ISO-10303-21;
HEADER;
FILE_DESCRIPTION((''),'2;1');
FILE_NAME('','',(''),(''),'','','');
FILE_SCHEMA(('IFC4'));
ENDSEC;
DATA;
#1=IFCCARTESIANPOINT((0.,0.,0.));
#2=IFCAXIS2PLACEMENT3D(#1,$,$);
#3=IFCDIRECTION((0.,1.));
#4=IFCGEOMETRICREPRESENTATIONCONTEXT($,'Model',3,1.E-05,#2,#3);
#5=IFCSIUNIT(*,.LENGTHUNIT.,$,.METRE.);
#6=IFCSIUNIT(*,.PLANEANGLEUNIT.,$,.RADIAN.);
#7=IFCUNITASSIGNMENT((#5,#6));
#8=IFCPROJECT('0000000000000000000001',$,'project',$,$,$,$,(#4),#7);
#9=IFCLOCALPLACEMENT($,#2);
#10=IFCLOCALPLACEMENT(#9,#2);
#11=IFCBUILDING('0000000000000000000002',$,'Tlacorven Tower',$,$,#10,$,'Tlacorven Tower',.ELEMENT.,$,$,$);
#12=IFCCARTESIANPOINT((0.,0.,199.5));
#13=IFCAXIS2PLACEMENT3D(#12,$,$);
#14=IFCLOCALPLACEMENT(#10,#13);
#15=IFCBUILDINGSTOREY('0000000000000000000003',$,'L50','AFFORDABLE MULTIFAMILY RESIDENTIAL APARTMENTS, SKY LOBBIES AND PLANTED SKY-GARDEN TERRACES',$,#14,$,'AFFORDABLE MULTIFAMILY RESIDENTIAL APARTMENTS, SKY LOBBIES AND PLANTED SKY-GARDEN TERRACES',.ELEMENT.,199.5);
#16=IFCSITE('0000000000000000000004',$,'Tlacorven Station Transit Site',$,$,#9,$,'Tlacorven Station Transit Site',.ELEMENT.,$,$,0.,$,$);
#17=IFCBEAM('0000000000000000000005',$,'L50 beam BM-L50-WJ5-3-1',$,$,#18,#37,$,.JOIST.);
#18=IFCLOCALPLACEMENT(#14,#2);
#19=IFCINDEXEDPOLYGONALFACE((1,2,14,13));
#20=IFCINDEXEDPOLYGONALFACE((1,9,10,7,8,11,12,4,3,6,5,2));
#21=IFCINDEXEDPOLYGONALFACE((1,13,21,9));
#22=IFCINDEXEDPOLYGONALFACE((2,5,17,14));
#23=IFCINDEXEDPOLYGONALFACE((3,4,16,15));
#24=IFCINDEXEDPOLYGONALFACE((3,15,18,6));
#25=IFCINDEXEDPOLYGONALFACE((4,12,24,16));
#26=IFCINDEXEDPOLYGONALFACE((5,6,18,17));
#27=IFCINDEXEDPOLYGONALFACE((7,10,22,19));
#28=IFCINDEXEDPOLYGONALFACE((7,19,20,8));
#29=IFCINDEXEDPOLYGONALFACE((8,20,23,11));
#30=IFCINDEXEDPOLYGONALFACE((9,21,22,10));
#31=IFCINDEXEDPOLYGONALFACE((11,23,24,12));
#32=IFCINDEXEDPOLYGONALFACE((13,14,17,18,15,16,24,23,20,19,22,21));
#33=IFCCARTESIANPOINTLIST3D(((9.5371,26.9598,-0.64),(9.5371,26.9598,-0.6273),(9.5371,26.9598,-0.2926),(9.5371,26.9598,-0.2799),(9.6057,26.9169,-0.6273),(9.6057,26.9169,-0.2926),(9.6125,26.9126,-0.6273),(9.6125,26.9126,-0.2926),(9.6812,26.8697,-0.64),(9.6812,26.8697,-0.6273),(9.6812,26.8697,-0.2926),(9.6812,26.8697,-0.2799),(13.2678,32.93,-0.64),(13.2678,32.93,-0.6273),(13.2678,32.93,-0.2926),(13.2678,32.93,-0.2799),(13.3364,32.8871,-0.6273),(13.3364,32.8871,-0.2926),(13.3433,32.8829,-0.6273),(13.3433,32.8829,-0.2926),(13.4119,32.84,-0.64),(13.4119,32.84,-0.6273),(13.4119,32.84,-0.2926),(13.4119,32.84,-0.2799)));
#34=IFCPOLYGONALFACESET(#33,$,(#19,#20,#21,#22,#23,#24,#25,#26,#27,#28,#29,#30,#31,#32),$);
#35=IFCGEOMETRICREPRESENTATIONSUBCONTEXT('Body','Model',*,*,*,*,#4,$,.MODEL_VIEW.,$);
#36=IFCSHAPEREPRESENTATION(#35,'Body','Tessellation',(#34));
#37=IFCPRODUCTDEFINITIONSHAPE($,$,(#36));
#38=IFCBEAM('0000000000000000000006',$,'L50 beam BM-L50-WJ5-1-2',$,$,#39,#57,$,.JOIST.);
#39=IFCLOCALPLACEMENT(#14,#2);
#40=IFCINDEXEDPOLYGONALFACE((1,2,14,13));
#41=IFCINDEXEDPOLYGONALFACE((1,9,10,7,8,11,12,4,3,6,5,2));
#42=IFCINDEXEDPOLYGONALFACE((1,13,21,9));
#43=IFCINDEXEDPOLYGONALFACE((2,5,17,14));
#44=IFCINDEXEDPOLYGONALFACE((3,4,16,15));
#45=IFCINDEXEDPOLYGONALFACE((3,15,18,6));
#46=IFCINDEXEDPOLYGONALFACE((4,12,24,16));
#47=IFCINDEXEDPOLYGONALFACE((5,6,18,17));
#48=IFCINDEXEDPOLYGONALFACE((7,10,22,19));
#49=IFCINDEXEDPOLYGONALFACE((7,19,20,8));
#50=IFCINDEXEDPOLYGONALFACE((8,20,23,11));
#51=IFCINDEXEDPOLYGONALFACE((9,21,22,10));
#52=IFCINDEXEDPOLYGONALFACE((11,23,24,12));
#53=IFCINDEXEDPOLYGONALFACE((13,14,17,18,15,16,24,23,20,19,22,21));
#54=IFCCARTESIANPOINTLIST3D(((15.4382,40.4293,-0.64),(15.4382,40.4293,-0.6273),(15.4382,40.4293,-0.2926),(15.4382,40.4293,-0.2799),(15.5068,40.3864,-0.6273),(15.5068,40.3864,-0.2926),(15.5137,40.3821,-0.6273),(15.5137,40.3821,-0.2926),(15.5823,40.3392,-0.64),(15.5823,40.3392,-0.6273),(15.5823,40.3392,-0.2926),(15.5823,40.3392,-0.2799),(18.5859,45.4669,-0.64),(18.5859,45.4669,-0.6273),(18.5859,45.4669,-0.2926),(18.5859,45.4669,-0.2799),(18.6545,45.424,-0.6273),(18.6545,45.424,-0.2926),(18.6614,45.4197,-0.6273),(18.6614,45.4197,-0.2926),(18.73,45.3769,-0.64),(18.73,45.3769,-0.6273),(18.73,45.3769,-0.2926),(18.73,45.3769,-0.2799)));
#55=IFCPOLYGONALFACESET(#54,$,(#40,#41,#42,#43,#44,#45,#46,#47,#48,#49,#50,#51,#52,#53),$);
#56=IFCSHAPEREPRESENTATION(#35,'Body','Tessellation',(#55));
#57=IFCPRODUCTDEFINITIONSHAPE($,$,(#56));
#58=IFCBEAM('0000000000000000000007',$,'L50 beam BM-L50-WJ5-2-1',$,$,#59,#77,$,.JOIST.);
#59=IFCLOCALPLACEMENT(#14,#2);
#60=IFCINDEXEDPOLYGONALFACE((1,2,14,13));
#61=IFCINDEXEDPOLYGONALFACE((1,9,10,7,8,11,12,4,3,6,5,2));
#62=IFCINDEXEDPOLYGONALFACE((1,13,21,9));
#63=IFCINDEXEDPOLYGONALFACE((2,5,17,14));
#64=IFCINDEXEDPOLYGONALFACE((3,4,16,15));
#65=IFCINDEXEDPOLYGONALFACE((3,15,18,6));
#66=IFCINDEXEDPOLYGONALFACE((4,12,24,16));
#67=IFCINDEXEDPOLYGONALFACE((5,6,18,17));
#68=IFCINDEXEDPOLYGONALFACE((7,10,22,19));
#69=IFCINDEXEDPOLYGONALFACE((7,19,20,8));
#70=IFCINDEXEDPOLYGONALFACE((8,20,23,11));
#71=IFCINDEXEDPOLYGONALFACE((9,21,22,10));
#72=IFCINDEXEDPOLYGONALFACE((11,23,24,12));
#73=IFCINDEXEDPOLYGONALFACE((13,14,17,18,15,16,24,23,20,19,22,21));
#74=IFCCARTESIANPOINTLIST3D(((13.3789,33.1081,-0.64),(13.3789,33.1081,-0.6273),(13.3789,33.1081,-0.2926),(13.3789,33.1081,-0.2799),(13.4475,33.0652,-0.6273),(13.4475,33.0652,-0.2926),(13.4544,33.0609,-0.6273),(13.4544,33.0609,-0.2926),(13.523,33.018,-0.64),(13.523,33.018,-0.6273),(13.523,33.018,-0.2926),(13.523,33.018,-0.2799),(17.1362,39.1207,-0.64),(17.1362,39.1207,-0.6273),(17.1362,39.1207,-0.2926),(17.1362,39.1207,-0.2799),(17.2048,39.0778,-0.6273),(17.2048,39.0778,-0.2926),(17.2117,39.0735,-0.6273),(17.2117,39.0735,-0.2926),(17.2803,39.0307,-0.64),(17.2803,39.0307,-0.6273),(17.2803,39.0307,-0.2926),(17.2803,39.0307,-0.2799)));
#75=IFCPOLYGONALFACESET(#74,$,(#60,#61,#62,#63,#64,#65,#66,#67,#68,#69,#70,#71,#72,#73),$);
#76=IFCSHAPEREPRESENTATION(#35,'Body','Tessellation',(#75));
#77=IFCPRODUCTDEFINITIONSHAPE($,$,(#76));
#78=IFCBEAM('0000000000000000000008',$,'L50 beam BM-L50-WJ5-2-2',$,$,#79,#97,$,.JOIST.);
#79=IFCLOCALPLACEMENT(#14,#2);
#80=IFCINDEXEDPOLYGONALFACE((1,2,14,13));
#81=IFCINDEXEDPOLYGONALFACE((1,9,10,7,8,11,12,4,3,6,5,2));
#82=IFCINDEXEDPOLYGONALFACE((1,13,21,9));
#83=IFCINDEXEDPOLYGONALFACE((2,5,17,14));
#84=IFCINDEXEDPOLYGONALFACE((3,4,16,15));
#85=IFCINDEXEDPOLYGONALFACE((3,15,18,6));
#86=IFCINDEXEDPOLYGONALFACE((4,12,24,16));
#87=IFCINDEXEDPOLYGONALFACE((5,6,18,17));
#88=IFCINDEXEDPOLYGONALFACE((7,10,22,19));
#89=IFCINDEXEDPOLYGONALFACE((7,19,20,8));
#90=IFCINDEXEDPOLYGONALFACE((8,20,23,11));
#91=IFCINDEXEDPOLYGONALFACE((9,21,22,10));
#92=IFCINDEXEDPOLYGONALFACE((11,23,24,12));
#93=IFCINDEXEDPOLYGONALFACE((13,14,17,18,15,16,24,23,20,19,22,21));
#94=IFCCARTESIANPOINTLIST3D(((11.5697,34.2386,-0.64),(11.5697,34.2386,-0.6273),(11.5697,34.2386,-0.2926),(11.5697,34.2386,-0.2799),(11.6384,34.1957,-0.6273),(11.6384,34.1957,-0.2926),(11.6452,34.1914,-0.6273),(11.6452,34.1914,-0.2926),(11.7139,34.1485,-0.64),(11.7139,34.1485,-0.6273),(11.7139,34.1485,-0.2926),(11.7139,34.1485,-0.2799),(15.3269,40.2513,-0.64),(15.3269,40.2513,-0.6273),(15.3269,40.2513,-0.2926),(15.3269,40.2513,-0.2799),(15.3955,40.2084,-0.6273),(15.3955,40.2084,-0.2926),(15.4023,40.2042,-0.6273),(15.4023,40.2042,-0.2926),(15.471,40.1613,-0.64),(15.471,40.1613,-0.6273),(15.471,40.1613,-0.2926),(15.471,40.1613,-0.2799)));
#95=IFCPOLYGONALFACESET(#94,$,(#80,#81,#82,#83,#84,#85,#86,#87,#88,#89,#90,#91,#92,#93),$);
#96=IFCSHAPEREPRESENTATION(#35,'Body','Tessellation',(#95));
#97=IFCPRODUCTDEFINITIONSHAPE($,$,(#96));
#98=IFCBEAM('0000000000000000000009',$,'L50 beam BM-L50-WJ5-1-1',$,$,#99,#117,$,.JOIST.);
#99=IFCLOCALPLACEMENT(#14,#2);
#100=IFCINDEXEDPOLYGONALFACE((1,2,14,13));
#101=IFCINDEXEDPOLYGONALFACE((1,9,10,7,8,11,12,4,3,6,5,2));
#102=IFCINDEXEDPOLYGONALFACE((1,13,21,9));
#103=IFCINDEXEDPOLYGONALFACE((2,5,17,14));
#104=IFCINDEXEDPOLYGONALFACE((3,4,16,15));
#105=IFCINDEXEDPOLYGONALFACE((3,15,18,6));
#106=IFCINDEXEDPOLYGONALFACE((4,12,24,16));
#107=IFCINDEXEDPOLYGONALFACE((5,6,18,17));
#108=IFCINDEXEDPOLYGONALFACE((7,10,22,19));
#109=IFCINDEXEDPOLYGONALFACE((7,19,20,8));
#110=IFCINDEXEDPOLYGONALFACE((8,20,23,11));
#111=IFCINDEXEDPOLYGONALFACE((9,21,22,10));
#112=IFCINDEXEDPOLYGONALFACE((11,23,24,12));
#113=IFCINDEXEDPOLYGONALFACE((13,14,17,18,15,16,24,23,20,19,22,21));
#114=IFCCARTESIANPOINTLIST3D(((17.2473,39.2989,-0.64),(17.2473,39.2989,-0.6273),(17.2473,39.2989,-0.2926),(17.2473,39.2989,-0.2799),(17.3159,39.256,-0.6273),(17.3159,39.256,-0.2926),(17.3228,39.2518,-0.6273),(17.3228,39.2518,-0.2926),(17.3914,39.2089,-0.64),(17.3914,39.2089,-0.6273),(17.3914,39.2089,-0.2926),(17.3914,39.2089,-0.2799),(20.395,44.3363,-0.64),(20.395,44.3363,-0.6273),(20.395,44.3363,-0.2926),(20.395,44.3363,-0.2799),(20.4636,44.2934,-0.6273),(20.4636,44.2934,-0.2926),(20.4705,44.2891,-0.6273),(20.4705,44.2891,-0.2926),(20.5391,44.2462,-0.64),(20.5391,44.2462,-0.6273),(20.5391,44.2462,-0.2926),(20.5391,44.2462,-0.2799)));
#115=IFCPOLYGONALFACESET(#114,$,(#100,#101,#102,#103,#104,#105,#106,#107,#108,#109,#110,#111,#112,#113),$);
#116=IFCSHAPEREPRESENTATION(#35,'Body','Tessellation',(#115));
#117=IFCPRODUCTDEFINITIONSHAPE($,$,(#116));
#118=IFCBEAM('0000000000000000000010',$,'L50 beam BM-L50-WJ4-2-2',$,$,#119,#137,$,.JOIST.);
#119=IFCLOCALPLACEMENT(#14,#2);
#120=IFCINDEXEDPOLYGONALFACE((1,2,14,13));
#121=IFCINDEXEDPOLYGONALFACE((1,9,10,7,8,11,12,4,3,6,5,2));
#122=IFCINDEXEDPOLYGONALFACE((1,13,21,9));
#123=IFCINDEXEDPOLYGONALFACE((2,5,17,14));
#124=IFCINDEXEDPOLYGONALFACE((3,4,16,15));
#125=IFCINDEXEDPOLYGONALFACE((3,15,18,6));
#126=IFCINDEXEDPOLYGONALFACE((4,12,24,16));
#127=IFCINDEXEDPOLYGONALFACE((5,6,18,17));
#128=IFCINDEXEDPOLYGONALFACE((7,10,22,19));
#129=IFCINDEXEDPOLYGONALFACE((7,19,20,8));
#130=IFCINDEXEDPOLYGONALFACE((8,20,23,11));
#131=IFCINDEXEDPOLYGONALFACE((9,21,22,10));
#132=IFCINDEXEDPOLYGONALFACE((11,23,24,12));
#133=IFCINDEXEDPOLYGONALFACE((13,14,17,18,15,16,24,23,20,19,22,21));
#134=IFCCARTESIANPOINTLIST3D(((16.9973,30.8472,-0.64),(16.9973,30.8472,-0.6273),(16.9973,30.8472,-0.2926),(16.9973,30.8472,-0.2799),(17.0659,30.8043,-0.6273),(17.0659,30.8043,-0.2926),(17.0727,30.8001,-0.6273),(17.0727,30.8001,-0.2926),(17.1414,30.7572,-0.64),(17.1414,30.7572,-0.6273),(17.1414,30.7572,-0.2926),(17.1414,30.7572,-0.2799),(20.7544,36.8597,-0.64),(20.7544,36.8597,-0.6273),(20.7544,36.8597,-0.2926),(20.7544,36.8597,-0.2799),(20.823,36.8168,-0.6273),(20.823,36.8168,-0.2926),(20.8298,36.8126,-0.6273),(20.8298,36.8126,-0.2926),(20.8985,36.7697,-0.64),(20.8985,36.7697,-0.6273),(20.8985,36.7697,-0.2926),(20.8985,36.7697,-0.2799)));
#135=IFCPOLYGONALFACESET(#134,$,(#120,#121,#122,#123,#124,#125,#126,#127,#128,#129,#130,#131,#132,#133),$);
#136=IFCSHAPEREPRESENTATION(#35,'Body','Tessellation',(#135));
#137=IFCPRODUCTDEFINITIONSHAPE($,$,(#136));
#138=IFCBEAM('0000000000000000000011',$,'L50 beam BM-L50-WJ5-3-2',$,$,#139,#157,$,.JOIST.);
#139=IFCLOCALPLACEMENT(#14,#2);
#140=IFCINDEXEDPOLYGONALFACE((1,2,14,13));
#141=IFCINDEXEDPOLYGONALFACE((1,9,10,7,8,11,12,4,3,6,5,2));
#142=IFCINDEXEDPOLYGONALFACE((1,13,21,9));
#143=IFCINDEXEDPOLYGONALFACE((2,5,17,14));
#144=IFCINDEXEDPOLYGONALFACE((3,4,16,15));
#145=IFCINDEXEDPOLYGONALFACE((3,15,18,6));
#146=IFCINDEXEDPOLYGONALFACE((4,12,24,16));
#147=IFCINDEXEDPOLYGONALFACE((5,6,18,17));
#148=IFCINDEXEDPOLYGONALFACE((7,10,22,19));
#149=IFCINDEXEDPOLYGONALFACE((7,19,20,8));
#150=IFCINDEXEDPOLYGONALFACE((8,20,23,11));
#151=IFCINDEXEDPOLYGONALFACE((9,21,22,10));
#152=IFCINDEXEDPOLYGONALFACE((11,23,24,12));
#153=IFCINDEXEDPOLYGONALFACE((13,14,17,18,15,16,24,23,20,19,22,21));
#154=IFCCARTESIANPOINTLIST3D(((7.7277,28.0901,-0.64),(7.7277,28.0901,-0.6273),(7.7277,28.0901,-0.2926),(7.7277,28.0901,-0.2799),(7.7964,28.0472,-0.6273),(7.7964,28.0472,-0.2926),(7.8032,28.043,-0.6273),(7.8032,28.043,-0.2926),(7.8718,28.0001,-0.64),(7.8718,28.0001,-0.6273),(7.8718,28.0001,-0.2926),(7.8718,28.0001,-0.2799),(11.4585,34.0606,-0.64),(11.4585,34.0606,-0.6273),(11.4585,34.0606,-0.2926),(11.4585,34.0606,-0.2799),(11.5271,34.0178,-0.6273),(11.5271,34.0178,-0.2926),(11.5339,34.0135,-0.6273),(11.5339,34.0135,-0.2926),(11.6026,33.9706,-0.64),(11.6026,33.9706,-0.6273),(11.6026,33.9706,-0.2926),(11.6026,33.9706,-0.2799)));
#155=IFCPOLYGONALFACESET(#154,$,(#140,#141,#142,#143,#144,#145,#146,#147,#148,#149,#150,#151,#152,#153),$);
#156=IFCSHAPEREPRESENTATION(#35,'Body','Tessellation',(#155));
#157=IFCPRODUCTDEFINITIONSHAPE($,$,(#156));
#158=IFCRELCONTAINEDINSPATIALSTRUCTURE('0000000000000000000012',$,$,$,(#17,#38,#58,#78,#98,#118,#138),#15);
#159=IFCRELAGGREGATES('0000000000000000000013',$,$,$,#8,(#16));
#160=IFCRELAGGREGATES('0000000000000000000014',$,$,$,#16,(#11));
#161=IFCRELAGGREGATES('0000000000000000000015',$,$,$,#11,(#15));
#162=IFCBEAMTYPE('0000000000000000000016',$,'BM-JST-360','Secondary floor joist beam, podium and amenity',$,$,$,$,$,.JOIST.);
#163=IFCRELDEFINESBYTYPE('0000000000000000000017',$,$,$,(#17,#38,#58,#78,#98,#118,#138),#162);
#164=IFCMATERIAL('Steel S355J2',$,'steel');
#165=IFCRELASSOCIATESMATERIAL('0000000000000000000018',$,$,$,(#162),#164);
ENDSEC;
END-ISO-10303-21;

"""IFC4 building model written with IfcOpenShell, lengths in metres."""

from ifc_helpers import new_model, si_unit, direction, frame, origin, origin_2d, place, context, subcontext, project, spatial, i_section, extrude, source, transform, mapped, material, material_profile, profile_set, type_object, element, save


model = new_model("IFC4")

# Units and contexts
model_context = context("Model", 3, precision=1e-05, world=origin(), true_north=direction((0.0, 1.0)))
body_context = subcontext(model_context, "Body", "Model", "MODEL_VIEW")
ifc_project = project(units=[si_unit("LENGTHUNIT", "METRE"), si_unit("PLANEANGLEUNIT", "RADIAN")], contexts=[model_context])

# Site, building, storey
site_placement = place(None, origin())
site = spatial("IfcSite", under=ifc_project, at=site_placement, Name="Tlacorven Station Transit Site", LongName="Tlacorven Station Transit Site", CompositionType="ELEMENT", RefElevation=0.0)
building_placement = place(site_placement, origin())
building = spatial("IfcBuilding", under=site, at=building_placement, Name="Tlacorven Tower", LongName="Tlacorven Tower", CompositionType="ELEMENT")
storey_placement = place(building_placement, frame((0.0, 0.0, 199.5)))
storey = spatial("IfcBuildingStorey", under=building, at=storey_placement, Name="L50", Description="AFFORDABLE MULTIFAMILY RESIDENTIAL APARTMENTS, SKY LOBBIES AND PLANTED SKY-GARDEN TERRACES", LongName="AFFORDABLE MULTIFAMILY RESIDENTIAL APARTMENTS, SKY LOBBIES AND PLANTED SKY-GARDEN TERRACES", CompositionType="ELEMENT", Elevation=199.5)

# Beams
ifc_material_1 = material(Name="Steel S355J2", Category="steel")
ifc_material_profile_1 = material_profile(ifc_material_1, i_section(OverallWidth=0.1699, OverallDepth=0.3601, WebThickness=0.0081, FlangeThickness=0.0127, at=origin_2d()), Name="IPE 360")
ifc_profile_set_1 = profile_set([ifc_material_profile_1], Name="Steel S355J2")
beam_type_1 = type_object("IfcBeamType", Name="BM-JST-360", Description="Secondary floor joist beam, podium and amenity", PredefinedType="JOIST", material=ifc_profile_set_1)
shared_shape_1 = source(origin(), body_context, "Body", "SweptSolid", [
    extrude(i_section(OverallWidth=0.1699, OverallDepth=0.3601, WebThickness=0.0081, FlangeThickness=0.0127, at=origin_2d()), origin(), (0.0, 0.0, 1.0), 7.04),
])
beam_1_placement = place(storey_placement, frame((13.3398, 32.885, -0.46), z_axis=(-0.52993, -0.848041, 0.0), x_axis=(0.848041, -0.52993, 0.0)))
element("IfcBeam", 1, at=beam_1_placement, inside=storey, type_object=beam_type_1, Name="L50 beam BM-L50-WJ5-3-1", PredefinedType="JOIST", context=body_context, shape_type="MappedRepresentation", body=[
    mapped(shared_shape_1, transform((0.0, 0.0, 0.0), scale=1.0)),
])
shared_shape_2 = source(origin(), body_context, "Body", "SweptSolid", [
    extrude(i_section(OverallWidth=0.1699, OverallDepth=0.3601, WebThickness=0.0081, FlangeThickness=0.0127, at=origin_2d()), origin(), (0.0, 0.0, 1.0), 5.9402),
])
beam_2_placement = place(storey_placement, frame((18.658, 45.4219, -0.46), z_axis=(-0.529903, -0.848058, 0.0), x_axis=(0.848058, -0.529903, 0.0)))
element("IfcBeam", 2, at=beam_2_placement, inside=storey, type_object=beam_type_1, Name="L50 beam BM-L50-WJ5-1-2", PredefinedType="JOIST", context=body_context, shape_type="MappedRepresentation", body=[
    mapped(shared_shape_2, transform((0.0, 0.0, 0.0), scale=1.0)),
])
shared_shape_3 = source(origin(), body_context, "Body", "SweptSolid", [
    extrude(i_section(OverallWidth=0.1699, OverallDepth=0.3601, WebThickness=0.0081, FlangeThickness=0.0127, at=origin_2d()), origin(), (0.0, 0.0, 1.0), 7.0901),
])
for number, where, z_axis, x_axis, name in (
    (3, (17.2083, 39.0757, -0.46), (-0.529937, -0.848037, 0.0), (0.848037, -0.529937, 0.0), "L50 beam BM-L50-WJ5-2-1"),
    (4, (15.3989, 40.2063, -0.46), (-0.529912, -0.848052, 0.0), (0.848052, -0.529912, 0.0), "L50 beam BM-L50-WJ5-2-2"),
):
    element("IfcBeam", number, at=place(storey_placement, frame(where, z_axis=z_axis, x_axis=x_axis)), inside=storey, type_object=beam_type_1, Name=name, PredefinedType="JOIST", context=body_context, shape_type="MappedRepresentation", body=[
        mapped(shared_shape_3, transform((0.0, 0.0, 0.0), scale=1.0)),
    ])
shared_shape_4 = source(origin(), body_context, "Body", "SweptSolid", [
    extrude(i_section(OverallWidth=0.1699, OverallDepth=0.3601, WebThickness=0.0081, FlangeThickness=0.0127, at=origin_2d()), origin(), (0.0, 0.0, 1.0), 5.9399),
])
beam_3_placement = place(storey_placement, frame((20.467, 44.2913, -0.46), z_axis=(-0.529921, -0.848047, 0.0), x_axis=(0.848047, -0.529921, 0.0)))
element("IfcBeam", 5, at=beam_3_placement, inside=storey, type_object=beam_type_1, Name="L50 beam BM-L50-WJ5-1-1", PredefinedType="JOIST", context=body_context, shape_type="MappedRepresentation", body=[
    mapped(shared_shape_4, transform((0.0, 0.0, 0.0), scale=1.0)),
])
shared_shape_5 = source(origin(), body_context, "Body", "SweptSolid", [
    extrude(i_section(OverallWidth=0.1699, OverallDepth=0.3601, WebThickness=0.0081, FlangeThickness=0.0127, at=origin_2d()), origin(), (0.0, 0.0, 1.0), 7.0898),
])
beam_4_placement = place(storey_placement, frame((20.8264, 36.8147, -0.46), z_axis=(-0.529928, -0.848043, 0.0), x_axis=(0.848043, -0.529928, 0.0)))
element("IfcBeam", 6, at=beam_4_placement, inside=storey, type_object=beam_type_1, Name="L50 beam BM-L50-WJ4-2-2", PredefinedType="JOIST", context=body_context, shape_type="MappedRepresentation", body=[
    mapped(shared_shape_5, transform((0.0, 0.0, 0.0), scale=1.0)),
])
shared_shape_6 = source(origin(), body_context, "Body", "SweptSolid", [
    extrude(i_section(OverallWidth=0.1699, OverallDepth=0.3601, WebThickness=0.0081, FlangeThickness=0.0127, at=origin_2d()), origin(), (0.0, 0.0, 1.0), 7.0403),
])
beam_5_placement = place(storey_placement, frame((11.5305, 34.0156, -0.46), z_axis=(-0.529915, -0.848051, 0.0), x_axis=(0.848051, -0.529915, 0.0)))
element("IfcBeam", 7, at=beam_5_placement, inside=storey, type_object=beam_type_1, Name="L50 beam BM-L50-WJ5-3-2", PredefinedType="JOIST", context=body_context, shape_type="MappedRepresentation", body=[
    mapped(shared_shape_6, transform((0.0, 0.0, 0.0), scale=1.0)),
])

save(model, "model.ifc")
